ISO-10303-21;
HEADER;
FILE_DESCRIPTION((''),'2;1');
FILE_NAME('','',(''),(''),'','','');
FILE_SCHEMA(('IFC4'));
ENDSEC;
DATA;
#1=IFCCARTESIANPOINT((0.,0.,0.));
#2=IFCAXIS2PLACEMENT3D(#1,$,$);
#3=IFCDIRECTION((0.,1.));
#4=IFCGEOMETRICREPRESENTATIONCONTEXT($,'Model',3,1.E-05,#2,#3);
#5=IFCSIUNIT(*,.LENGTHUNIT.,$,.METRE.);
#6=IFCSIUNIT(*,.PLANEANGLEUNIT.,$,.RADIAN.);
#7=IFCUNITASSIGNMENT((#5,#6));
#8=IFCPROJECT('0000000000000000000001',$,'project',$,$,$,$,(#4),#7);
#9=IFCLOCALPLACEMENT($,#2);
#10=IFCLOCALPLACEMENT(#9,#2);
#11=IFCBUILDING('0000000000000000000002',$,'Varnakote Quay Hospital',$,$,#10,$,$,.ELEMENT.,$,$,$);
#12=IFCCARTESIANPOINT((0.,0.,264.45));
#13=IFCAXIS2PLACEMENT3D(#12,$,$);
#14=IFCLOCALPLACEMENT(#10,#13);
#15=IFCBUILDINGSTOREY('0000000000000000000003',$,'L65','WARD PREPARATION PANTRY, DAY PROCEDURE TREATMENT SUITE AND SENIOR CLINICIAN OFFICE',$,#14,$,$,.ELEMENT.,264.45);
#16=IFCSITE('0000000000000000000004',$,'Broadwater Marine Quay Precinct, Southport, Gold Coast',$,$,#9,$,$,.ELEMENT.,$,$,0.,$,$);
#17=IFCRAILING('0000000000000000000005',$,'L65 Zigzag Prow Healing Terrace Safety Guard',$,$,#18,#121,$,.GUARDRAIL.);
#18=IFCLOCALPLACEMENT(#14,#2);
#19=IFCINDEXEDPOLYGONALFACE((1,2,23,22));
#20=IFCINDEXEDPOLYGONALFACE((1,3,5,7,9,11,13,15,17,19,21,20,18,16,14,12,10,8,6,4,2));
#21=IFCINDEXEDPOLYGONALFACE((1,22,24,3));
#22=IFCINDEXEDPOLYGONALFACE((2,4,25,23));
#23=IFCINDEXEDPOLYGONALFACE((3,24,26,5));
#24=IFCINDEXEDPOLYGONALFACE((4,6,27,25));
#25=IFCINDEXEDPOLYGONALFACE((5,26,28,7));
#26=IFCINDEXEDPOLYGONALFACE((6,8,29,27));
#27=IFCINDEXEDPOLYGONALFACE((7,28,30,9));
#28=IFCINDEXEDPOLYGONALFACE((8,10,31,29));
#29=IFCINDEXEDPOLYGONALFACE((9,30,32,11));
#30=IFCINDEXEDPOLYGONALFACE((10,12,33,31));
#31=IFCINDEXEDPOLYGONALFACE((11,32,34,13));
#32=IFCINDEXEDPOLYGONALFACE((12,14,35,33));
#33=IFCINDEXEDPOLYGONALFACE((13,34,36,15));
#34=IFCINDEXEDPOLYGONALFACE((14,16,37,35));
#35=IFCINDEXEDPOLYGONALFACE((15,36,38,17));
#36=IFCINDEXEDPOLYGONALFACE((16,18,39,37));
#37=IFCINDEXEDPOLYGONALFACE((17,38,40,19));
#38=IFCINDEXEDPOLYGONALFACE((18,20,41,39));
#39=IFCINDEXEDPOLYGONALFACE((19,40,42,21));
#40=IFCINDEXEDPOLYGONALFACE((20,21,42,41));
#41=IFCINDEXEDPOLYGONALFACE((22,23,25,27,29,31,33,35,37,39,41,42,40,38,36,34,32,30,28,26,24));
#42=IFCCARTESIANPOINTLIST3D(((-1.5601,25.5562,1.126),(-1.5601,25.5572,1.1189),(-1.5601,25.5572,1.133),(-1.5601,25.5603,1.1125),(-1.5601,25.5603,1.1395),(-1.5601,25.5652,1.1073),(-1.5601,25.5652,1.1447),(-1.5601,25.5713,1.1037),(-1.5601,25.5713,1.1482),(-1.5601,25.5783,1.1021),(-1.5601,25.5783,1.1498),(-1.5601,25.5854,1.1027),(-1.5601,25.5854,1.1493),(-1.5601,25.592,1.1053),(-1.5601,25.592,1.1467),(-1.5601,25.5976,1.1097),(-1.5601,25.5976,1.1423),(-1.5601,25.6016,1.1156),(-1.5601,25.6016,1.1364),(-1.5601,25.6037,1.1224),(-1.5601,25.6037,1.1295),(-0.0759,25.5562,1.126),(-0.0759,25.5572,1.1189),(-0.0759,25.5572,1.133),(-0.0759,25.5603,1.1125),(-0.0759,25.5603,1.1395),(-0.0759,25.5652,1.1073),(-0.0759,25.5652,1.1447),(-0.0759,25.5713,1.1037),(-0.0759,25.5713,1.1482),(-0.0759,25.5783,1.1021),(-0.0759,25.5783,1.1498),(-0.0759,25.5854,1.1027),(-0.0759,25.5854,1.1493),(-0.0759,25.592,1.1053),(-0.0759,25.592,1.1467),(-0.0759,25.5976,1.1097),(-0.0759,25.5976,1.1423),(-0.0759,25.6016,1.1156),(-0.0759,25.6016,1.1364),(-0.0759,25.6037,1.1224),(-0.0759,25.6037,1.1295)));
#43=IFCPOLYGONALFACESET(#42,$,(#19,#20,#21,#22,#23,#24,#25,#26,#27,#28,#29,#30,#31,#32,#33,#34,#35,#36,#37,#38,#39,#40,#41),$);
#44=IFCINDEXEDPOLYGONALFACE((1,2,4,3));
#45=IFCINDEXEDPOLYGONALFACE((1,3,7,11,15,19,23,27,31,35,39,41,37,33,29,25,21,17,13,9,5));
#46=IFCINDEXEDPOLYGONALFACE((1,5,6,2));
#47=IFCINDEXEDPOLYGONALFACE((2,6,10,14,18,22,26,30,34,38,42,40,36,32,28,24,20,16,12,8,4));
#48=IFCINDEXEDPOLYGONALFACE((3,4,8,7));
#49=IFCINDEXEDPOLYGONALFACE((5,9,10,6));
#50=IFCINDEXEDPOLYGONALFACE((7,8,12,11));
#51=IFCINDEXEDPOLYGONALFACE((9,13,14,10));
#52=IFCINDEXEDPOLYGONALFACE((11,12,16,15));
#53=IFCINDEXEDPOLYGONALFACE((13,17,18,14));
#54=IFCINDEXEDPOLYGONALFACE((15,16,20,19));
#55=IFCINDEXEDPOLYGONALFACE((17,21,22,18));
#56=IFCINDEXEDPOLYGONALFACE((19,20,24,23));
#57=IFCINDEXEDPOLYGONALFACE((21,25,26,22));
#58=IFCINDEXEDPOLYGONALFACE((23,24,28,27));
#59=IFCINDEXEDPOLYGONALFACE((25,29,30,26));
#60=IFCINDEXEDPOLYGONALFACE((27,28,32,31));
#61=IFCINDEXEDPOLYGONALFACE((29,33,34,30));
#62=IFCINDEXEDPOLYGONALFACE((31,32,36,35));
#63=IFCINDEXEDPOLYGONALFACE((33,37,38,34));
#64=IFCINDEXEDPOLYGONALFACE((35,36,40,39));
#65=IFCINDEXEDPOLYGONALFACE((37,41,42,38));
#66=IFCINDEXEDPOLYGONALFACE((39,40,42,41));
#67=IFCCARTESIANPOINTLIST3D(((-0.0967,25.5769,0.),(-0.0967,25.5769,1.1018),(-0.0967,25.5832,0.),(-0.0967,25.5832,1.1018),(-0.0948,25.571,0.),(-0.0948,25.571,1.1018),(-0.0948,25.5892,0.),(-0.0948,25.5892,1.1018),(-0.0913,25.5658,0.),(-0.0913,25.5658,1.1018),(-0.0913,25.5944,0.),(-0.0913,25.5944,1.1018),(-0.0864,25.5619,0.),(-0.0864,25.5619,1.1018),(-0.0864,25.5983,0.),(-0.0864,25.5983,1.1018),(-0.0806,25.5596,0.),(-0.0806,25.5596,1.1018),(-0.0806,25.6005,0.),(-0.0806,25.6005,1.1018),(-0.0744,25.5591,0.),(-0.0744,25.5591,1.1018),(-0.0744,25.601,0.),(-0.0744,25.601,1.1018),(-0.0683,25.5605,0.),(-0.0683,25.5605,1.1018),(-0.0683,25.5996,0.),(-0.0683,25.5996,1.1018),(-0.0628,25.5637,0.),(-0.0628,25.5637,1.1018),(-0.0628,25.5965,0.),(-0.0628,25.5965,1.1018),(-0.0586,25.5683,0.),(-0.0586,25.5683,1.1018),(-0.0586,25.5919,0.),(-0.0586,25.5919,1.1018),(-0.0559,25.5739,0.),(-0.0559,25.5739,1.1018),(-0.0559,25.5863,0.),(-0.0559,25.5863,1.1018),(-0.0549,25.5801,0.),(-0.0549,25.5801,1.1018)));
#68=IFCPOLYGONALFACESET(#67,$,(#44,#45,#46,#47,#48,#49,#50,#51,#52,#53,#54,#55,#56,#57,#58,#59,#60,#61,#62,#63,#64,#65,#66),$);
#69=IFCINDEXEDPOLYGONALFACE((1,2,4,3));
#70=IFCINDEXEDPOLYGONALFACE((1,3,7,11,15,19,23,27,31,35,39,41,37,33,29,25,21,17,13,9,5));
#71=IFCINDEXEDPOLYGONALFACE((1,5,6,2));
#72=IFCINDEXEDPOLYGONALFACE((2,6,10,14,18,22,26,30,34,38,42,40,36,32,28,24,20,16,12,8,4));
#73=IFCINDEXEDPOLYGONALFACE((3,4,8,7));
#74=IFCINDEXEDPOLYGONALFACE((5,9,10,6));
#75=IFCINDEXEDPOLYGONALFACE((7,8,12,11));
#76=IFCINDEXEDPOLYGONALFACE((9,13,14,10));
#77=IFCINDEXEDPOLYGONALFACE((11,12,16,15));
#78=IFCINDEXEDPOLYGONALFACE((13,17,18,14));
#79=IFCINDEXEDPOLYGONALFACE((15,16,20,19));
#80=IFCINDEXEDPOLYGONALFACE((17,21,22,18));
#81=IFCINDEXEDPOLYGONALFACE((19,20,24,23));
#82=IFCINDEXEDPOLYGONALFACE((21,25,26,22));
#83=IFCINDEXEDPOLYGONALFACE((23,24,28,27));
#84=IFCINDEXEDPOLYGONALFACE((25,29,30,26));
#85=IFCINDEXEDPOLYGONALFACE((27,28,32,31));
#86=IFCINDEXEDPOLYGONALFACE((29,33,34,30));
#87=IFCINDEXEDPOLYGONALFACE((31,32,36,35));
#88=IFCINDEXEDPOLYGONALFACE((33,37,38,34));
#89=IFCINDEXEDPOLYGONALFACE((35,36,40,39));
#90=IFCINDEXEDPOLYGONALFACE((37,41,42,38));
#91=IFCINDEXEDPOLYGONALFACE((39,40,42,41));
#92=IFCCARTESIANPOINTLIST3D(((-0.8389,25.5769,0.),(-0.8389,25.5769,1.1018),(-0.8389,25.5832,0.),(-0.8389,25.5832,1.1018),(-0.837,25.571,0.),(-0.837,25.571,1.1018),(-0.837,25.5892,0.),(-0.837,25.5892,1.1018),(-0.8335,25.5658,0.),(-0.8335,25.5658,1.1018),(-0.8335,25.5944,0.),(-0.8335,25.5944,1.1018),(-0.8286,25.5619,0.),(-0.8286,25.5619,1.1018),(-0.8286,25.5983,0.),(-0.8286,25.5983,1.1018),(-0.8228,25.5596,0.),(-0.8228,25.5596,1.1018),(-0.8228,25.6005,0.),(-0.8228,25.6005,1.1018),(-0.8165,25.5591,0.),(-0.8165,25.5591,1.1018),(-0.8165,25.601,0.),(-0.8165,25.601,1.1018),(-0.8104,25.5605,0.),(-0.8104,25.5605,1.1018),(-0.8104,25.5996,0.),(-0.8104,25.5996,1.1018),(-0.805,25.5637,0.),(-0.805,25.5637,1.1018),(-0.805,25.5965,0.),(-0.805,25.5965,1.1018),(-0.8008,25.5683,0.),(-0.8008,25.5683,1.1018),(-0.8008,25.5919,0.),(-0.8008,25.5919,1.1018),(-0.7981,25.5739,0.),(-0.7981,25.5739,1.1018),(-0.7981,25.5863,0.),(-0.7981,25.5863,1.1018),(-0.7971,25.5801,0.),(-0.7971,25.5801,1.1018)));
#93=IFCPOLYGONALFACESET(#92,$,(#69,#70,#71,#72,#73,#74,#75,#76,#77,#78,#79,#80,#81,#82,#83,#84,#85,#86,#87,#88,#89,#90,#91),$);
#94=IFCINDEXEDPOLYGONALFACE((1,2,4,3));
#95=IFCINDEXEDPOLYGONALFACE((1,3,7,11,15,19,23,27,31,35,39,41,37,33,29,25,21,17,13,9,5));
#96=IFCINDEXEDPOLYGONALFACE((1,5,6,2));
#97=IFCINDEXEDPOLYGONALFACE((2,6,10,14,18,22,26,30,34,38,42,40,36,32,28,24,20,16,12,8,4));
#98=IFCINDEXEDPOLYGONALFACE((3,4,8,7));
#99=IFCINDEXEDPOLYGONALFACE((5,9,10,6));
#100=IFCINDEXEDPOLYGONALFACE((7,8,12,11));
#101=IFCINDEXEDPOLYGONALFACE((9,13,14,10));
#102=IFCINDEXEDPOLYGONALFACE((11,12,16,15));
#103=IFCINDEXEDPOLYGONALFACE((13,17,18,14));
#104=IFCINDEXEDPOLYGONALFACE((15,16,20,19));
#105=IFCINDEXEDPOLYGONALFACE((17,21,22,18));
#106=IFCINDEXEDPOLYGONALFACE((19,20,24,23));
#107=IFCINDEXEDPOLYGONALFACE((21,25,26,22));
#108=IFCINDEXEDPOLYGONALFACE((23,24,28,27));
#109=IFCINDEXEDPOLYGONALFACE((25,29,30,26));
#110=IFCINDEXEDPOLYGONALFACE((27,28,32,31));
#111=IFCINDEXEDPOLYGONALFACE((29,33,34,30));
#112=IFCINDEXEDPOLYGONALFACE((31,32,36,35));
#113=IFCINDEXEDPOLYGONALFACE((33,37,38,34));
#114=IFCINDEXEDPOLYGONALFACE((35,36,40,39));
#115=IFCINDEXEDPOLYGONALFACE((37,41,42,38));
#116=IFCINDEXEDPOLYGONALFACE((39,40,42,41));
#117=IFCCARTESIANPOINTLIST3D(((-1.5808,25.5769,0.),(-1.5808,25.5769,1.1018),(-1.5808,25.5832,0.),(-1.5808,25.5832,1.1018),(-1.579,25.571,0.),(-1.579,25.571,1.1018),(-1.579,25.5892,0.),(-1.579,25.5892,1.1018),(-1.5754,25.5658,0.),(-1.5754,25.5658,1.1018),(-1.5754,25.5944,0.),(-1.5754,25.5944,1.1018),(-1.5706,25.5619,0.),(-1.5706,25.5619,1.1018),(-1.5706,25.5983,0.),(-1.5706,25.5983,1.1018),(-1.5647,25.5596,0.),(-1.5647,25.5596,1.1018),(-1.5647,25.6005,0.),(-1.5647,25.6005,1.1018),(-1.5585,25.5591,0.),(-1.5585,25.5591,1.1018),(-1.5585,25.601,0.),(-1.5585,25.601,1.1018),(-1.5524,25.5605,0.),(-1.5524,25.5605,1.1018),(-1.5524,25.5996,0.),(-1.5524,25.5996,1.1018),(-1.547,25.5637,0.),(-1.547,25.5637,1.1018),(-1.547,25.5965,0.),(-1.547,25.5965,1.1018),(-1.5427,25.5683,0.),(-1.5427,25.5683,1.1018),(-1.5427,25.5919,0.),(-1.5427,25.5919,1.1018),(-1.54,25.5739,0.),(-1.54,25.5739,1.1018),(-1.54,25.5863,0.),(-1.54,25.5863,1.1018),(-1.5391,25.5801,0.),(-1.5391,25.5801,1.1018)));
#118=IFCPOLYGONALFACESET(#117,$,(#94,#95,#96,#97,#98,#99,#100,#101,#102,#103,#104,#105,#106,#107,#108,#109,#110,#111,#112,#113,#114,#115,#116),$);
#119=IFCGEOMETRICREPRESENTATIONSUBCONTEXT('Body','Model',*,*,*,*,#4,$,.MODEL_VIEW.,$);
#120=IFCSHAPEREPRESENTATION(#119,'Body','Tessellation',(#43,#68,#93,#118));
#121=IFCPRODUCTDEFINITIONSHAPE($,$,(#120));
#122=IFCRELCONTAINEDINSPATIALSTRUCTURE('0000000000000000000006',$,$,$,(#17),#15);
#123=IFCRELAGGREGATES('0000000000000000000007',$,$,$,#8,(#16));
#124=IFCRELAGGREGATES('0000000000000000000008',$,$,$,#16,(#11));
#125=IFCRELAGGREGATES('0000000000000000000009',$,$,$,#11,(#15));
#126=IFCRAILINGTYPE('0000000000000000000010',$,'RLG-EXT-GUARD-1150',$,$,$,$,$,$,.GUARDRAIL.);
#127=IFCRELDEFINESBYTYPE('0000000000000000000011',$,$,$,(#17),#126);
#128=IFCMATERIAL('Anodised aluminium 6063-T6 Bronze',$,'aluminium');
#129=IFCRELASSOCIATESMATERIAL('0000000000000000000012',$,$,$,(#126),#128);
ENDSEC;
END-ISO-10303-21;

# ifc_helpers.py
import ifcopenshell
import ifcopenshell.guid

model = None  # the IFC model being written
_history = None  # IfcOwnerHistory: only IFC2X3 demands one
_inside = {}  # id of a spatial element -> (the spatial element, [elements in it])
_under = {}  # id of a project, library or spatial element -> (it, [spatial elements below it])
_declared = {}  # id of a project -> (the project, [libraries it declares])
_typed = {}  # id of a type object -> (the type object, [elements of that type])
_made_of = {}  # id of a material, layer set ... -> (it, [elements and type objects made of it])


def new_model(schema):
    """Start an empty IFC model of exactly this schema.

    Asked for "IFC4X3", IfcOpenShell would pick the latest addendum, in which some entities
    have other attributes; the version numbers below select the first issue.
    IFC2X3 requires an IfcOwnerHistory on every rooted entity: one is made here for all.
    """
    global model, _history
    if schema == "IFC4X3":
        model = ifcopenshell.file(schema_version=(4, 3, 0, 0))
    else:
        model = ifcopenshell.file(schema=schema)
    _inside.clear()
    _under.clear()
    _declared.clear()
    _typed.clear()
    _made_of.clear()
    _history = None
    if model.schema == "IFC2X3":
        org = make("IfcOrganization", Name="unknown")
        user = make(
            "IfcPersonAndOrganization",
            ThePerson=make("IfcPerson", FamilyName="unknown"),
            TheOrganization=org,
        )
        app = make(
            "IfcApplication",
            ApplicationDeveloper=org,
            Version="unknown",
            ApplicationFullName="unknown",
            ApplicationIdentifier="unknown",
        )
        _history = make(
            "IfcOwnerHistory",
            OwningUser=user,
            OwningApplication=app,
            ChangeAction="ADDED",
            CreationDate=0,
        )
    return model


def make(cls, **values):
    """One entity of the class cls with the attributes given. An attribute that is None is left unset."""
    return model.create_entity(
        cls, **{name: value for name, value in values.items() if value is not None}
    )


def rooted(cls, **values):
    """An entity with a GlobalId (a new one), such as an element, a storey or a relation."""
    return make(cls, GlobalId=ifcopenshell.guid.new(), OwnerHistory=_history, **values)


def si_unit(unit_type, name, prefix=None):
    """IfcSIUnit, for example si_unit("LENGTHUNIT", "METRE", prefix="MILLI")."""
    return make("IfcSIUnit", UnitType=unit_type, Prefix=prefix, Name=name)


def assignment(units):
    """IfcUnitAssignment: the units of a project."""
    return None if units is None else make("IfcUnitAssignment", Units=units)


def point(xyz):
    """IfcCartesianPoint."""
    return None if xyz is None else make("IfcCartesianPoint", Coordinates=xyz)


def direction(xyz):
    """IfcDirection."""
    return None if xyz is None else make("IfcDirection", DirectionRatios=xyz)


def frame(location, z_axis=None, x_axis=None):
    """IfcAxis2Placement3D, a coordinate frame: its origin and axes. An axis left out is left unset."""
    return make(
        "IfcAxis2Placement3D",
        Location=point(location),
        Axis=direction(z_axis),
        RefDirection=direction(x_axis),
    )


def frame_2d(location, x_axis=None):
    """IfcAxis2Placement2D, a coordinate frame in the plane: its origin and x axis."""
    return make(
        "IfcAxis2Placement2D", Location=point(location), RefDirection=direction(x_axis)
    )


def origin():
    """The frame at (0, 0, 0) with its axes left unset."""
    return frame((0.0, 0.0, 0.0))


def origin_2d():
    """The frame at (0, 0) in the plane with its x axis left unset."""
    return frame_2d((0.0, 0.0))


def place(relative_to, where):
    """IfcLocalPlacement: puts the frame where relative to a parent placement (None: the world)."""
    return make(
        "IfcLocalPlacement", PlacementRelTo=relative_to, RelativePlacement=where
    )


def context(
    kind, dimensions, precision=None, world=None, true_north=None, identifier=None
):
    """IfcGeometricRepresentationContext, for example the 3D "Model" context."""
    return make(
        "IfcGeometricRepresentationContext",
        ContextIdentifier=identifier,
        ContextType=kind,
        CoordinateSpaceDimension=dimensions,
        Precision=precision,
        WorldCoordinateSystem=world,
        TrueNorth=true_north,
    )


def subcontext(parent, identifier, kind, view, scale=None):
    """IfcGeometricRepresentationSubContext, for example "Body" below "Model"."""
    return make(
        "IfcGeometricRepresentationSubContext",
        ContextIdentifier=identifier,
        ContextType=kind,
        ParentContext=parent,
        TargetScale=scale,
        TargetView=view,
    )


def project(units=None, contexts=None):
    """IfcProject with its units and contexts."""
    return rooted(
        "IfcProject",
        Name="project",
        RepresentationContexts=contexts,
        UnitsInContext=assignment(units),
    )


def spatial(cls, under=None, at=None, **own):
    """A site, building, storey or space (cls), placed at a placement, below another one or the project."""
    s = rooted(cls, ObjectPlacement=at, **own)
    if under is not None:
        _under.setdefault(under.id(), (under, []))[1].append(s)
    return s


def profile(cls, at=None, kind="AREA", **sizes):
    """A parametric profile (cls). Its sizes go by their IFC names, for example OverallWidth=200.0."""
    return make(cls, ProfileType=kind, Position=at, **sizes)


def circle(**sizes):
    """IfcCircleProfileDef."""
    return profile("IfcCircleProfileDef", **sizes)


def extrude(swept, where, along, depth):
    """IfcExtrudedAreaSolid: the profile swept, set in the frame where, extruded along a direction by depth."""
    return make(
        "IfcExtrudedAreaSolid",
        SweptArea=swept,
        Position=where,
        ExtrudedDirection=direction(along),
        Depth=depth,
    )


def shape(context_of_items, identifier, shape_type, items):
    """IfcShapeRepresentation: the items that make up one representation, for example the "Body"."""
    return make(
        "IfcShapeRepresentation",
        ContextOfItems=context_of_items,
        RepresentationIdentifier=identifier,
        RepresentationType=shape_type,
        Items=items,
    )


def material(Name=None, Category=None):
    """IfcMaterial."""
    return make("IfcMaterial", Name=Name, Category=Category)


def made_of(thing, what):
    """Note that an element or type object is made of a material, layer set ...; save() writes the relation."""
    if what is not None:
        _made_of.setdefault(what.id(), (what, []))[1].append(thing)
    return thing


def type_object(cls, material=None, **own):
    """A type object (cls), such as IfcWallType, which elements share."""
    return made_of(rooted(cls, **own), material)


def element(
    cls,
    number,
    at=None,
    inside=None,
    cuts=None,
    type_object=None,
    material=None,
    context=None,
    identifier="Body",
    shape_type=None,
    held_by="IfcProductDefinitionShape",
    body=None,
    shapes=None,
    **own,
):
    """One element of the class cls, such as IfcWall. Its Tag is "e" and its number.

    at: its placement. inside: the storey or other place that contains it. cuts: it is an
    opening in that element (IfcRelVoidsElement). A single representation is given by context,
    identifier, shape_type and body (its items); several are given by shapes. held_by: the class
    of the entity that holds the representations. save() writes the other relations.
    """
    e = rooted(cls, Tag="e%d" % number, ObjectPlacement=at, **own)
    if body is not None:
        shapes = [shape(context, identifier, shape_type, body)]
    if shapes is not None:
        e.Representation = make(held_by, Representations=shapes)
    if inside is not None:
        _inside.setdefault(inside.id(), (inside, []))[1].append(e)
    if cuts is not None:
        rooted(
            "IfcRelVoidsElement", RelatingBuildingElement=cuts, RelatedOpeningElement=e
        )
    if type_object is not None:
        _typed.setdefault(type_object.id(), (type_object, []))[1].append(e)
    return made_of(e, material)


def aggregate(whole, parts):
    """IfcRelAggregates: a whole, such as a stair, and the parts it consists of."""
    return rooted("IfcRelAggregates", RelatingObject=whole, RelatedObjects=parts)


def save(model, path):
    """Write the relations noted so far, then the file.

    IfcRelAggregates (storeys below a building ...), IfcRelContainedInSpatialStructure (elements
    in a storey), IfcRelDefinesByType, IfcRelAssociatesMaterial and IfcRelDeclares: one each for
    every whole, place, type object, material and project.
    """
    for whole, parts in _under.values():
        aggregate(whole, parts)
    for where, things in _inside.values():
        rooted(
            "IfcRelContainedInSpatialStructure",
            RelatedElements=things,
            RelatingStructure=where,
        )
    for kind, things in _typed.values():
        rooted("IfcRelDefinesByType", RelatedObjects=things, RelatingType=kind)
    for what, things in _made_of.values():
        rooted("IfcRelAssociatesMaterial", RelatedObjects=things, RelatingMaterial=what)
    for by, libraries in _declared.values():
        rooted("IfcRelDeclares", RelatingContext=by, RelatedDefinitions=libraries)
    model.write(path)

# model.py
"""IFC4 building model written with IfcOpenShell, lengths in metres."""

from ifc_helpers import new_model, si_unit, direction, frame, origin, origin_2d, place, context, subcontext, project, spatial, circle, extrude, material, type_object, element, save


model = new_model("IFC4")

# Units and contexts
model_context = context("Model", 3, precision=1e-05, world=origin(), true_north=direction((0.0, 1.0)))
body_context = subcontext(model_context, "Body", "Model", "MODEL_VIEW")
ifc_project = project(units=[si_unit("LENGTHUNIT", "METRE"), si_unit("PLANEANGLEUNIT", "RADIAN")], contexts=[model_context])

# Site, building, storey
site_placement = place(None, origin())
site = spatial("IfcSite", under=ifc_project, at=site_placement, Name="Broadwater Marine Quay Precinct, Southport, Gold Coast", CompositionType="ELEMENT", RefElevation=0.0)
building_placement = place(site_placement, origin())
building = spatial("IfcBuilding", under=site, at=building_placement, Name="Varnakote Quay Hospital", CompositionType="ELEMENT")
storey_placement = place(building_placement, frame((0.0, 0.0, 264.45)))
storey = spatial("IfcBuildingStorey", under=building, at=storey_placement, Name="L65", Description="WARD PREPARATION PANTRY, DAY PROCEDURE TREATMENT SUITE AND SENIOR CLINICIAN OFFICE", CompositionType="ELEMENT", Elevation=264.45)

# Railing
ifc_material_1 = material(Name="Anodised aluminium 6063-T6 Bronze", Category="aluminium")
railing_type = type_object("IfcRailingType", Name="RLG-EXT-GUARD-1150", PredefinedType="GUARDRAIL", material=ifc_material_1)
railing_1_placement = place(storey_placement, frame((-0.0759, 25.5801, 0.0)))
element("IfcRailing", 1, at=railing_1_placement, inside=storey, type_object=railing_type, Name="L65 Zigzag Prow Healing Terrace Safety Guard", PredefinedType="GUARDRAIL", context=body_context, shape_type="SweptSolid", body=[
    extrude(circle(Radius=0.0239, at=origin_2d()), frame((0.0, 0.0, 1.126), z_axis=(-1.0, 0.0, 0.0), x_axis=(0.0, -1.0, 0.0)), (0.0, 0.0, 1.0), 1.4841),
    extrude(circle(Radius=0.021, at=origin_2d()), origin(), (0.0, 0.0, 1.0), 1.1018),
    extrude(circle(Radius=0.021, at=origin_2d()), frame((-0.7422, 0.0, 0.0)), (0.0, 0.0, 1.0), 1.1018),
    extrude(circle(Radius=0.021, at=origin_2d()), frame((-1.4841, 0.0, 0.0)), (0.0, 0.0, 1.0), 1.1018),
])

save(model, "model.ifc")
